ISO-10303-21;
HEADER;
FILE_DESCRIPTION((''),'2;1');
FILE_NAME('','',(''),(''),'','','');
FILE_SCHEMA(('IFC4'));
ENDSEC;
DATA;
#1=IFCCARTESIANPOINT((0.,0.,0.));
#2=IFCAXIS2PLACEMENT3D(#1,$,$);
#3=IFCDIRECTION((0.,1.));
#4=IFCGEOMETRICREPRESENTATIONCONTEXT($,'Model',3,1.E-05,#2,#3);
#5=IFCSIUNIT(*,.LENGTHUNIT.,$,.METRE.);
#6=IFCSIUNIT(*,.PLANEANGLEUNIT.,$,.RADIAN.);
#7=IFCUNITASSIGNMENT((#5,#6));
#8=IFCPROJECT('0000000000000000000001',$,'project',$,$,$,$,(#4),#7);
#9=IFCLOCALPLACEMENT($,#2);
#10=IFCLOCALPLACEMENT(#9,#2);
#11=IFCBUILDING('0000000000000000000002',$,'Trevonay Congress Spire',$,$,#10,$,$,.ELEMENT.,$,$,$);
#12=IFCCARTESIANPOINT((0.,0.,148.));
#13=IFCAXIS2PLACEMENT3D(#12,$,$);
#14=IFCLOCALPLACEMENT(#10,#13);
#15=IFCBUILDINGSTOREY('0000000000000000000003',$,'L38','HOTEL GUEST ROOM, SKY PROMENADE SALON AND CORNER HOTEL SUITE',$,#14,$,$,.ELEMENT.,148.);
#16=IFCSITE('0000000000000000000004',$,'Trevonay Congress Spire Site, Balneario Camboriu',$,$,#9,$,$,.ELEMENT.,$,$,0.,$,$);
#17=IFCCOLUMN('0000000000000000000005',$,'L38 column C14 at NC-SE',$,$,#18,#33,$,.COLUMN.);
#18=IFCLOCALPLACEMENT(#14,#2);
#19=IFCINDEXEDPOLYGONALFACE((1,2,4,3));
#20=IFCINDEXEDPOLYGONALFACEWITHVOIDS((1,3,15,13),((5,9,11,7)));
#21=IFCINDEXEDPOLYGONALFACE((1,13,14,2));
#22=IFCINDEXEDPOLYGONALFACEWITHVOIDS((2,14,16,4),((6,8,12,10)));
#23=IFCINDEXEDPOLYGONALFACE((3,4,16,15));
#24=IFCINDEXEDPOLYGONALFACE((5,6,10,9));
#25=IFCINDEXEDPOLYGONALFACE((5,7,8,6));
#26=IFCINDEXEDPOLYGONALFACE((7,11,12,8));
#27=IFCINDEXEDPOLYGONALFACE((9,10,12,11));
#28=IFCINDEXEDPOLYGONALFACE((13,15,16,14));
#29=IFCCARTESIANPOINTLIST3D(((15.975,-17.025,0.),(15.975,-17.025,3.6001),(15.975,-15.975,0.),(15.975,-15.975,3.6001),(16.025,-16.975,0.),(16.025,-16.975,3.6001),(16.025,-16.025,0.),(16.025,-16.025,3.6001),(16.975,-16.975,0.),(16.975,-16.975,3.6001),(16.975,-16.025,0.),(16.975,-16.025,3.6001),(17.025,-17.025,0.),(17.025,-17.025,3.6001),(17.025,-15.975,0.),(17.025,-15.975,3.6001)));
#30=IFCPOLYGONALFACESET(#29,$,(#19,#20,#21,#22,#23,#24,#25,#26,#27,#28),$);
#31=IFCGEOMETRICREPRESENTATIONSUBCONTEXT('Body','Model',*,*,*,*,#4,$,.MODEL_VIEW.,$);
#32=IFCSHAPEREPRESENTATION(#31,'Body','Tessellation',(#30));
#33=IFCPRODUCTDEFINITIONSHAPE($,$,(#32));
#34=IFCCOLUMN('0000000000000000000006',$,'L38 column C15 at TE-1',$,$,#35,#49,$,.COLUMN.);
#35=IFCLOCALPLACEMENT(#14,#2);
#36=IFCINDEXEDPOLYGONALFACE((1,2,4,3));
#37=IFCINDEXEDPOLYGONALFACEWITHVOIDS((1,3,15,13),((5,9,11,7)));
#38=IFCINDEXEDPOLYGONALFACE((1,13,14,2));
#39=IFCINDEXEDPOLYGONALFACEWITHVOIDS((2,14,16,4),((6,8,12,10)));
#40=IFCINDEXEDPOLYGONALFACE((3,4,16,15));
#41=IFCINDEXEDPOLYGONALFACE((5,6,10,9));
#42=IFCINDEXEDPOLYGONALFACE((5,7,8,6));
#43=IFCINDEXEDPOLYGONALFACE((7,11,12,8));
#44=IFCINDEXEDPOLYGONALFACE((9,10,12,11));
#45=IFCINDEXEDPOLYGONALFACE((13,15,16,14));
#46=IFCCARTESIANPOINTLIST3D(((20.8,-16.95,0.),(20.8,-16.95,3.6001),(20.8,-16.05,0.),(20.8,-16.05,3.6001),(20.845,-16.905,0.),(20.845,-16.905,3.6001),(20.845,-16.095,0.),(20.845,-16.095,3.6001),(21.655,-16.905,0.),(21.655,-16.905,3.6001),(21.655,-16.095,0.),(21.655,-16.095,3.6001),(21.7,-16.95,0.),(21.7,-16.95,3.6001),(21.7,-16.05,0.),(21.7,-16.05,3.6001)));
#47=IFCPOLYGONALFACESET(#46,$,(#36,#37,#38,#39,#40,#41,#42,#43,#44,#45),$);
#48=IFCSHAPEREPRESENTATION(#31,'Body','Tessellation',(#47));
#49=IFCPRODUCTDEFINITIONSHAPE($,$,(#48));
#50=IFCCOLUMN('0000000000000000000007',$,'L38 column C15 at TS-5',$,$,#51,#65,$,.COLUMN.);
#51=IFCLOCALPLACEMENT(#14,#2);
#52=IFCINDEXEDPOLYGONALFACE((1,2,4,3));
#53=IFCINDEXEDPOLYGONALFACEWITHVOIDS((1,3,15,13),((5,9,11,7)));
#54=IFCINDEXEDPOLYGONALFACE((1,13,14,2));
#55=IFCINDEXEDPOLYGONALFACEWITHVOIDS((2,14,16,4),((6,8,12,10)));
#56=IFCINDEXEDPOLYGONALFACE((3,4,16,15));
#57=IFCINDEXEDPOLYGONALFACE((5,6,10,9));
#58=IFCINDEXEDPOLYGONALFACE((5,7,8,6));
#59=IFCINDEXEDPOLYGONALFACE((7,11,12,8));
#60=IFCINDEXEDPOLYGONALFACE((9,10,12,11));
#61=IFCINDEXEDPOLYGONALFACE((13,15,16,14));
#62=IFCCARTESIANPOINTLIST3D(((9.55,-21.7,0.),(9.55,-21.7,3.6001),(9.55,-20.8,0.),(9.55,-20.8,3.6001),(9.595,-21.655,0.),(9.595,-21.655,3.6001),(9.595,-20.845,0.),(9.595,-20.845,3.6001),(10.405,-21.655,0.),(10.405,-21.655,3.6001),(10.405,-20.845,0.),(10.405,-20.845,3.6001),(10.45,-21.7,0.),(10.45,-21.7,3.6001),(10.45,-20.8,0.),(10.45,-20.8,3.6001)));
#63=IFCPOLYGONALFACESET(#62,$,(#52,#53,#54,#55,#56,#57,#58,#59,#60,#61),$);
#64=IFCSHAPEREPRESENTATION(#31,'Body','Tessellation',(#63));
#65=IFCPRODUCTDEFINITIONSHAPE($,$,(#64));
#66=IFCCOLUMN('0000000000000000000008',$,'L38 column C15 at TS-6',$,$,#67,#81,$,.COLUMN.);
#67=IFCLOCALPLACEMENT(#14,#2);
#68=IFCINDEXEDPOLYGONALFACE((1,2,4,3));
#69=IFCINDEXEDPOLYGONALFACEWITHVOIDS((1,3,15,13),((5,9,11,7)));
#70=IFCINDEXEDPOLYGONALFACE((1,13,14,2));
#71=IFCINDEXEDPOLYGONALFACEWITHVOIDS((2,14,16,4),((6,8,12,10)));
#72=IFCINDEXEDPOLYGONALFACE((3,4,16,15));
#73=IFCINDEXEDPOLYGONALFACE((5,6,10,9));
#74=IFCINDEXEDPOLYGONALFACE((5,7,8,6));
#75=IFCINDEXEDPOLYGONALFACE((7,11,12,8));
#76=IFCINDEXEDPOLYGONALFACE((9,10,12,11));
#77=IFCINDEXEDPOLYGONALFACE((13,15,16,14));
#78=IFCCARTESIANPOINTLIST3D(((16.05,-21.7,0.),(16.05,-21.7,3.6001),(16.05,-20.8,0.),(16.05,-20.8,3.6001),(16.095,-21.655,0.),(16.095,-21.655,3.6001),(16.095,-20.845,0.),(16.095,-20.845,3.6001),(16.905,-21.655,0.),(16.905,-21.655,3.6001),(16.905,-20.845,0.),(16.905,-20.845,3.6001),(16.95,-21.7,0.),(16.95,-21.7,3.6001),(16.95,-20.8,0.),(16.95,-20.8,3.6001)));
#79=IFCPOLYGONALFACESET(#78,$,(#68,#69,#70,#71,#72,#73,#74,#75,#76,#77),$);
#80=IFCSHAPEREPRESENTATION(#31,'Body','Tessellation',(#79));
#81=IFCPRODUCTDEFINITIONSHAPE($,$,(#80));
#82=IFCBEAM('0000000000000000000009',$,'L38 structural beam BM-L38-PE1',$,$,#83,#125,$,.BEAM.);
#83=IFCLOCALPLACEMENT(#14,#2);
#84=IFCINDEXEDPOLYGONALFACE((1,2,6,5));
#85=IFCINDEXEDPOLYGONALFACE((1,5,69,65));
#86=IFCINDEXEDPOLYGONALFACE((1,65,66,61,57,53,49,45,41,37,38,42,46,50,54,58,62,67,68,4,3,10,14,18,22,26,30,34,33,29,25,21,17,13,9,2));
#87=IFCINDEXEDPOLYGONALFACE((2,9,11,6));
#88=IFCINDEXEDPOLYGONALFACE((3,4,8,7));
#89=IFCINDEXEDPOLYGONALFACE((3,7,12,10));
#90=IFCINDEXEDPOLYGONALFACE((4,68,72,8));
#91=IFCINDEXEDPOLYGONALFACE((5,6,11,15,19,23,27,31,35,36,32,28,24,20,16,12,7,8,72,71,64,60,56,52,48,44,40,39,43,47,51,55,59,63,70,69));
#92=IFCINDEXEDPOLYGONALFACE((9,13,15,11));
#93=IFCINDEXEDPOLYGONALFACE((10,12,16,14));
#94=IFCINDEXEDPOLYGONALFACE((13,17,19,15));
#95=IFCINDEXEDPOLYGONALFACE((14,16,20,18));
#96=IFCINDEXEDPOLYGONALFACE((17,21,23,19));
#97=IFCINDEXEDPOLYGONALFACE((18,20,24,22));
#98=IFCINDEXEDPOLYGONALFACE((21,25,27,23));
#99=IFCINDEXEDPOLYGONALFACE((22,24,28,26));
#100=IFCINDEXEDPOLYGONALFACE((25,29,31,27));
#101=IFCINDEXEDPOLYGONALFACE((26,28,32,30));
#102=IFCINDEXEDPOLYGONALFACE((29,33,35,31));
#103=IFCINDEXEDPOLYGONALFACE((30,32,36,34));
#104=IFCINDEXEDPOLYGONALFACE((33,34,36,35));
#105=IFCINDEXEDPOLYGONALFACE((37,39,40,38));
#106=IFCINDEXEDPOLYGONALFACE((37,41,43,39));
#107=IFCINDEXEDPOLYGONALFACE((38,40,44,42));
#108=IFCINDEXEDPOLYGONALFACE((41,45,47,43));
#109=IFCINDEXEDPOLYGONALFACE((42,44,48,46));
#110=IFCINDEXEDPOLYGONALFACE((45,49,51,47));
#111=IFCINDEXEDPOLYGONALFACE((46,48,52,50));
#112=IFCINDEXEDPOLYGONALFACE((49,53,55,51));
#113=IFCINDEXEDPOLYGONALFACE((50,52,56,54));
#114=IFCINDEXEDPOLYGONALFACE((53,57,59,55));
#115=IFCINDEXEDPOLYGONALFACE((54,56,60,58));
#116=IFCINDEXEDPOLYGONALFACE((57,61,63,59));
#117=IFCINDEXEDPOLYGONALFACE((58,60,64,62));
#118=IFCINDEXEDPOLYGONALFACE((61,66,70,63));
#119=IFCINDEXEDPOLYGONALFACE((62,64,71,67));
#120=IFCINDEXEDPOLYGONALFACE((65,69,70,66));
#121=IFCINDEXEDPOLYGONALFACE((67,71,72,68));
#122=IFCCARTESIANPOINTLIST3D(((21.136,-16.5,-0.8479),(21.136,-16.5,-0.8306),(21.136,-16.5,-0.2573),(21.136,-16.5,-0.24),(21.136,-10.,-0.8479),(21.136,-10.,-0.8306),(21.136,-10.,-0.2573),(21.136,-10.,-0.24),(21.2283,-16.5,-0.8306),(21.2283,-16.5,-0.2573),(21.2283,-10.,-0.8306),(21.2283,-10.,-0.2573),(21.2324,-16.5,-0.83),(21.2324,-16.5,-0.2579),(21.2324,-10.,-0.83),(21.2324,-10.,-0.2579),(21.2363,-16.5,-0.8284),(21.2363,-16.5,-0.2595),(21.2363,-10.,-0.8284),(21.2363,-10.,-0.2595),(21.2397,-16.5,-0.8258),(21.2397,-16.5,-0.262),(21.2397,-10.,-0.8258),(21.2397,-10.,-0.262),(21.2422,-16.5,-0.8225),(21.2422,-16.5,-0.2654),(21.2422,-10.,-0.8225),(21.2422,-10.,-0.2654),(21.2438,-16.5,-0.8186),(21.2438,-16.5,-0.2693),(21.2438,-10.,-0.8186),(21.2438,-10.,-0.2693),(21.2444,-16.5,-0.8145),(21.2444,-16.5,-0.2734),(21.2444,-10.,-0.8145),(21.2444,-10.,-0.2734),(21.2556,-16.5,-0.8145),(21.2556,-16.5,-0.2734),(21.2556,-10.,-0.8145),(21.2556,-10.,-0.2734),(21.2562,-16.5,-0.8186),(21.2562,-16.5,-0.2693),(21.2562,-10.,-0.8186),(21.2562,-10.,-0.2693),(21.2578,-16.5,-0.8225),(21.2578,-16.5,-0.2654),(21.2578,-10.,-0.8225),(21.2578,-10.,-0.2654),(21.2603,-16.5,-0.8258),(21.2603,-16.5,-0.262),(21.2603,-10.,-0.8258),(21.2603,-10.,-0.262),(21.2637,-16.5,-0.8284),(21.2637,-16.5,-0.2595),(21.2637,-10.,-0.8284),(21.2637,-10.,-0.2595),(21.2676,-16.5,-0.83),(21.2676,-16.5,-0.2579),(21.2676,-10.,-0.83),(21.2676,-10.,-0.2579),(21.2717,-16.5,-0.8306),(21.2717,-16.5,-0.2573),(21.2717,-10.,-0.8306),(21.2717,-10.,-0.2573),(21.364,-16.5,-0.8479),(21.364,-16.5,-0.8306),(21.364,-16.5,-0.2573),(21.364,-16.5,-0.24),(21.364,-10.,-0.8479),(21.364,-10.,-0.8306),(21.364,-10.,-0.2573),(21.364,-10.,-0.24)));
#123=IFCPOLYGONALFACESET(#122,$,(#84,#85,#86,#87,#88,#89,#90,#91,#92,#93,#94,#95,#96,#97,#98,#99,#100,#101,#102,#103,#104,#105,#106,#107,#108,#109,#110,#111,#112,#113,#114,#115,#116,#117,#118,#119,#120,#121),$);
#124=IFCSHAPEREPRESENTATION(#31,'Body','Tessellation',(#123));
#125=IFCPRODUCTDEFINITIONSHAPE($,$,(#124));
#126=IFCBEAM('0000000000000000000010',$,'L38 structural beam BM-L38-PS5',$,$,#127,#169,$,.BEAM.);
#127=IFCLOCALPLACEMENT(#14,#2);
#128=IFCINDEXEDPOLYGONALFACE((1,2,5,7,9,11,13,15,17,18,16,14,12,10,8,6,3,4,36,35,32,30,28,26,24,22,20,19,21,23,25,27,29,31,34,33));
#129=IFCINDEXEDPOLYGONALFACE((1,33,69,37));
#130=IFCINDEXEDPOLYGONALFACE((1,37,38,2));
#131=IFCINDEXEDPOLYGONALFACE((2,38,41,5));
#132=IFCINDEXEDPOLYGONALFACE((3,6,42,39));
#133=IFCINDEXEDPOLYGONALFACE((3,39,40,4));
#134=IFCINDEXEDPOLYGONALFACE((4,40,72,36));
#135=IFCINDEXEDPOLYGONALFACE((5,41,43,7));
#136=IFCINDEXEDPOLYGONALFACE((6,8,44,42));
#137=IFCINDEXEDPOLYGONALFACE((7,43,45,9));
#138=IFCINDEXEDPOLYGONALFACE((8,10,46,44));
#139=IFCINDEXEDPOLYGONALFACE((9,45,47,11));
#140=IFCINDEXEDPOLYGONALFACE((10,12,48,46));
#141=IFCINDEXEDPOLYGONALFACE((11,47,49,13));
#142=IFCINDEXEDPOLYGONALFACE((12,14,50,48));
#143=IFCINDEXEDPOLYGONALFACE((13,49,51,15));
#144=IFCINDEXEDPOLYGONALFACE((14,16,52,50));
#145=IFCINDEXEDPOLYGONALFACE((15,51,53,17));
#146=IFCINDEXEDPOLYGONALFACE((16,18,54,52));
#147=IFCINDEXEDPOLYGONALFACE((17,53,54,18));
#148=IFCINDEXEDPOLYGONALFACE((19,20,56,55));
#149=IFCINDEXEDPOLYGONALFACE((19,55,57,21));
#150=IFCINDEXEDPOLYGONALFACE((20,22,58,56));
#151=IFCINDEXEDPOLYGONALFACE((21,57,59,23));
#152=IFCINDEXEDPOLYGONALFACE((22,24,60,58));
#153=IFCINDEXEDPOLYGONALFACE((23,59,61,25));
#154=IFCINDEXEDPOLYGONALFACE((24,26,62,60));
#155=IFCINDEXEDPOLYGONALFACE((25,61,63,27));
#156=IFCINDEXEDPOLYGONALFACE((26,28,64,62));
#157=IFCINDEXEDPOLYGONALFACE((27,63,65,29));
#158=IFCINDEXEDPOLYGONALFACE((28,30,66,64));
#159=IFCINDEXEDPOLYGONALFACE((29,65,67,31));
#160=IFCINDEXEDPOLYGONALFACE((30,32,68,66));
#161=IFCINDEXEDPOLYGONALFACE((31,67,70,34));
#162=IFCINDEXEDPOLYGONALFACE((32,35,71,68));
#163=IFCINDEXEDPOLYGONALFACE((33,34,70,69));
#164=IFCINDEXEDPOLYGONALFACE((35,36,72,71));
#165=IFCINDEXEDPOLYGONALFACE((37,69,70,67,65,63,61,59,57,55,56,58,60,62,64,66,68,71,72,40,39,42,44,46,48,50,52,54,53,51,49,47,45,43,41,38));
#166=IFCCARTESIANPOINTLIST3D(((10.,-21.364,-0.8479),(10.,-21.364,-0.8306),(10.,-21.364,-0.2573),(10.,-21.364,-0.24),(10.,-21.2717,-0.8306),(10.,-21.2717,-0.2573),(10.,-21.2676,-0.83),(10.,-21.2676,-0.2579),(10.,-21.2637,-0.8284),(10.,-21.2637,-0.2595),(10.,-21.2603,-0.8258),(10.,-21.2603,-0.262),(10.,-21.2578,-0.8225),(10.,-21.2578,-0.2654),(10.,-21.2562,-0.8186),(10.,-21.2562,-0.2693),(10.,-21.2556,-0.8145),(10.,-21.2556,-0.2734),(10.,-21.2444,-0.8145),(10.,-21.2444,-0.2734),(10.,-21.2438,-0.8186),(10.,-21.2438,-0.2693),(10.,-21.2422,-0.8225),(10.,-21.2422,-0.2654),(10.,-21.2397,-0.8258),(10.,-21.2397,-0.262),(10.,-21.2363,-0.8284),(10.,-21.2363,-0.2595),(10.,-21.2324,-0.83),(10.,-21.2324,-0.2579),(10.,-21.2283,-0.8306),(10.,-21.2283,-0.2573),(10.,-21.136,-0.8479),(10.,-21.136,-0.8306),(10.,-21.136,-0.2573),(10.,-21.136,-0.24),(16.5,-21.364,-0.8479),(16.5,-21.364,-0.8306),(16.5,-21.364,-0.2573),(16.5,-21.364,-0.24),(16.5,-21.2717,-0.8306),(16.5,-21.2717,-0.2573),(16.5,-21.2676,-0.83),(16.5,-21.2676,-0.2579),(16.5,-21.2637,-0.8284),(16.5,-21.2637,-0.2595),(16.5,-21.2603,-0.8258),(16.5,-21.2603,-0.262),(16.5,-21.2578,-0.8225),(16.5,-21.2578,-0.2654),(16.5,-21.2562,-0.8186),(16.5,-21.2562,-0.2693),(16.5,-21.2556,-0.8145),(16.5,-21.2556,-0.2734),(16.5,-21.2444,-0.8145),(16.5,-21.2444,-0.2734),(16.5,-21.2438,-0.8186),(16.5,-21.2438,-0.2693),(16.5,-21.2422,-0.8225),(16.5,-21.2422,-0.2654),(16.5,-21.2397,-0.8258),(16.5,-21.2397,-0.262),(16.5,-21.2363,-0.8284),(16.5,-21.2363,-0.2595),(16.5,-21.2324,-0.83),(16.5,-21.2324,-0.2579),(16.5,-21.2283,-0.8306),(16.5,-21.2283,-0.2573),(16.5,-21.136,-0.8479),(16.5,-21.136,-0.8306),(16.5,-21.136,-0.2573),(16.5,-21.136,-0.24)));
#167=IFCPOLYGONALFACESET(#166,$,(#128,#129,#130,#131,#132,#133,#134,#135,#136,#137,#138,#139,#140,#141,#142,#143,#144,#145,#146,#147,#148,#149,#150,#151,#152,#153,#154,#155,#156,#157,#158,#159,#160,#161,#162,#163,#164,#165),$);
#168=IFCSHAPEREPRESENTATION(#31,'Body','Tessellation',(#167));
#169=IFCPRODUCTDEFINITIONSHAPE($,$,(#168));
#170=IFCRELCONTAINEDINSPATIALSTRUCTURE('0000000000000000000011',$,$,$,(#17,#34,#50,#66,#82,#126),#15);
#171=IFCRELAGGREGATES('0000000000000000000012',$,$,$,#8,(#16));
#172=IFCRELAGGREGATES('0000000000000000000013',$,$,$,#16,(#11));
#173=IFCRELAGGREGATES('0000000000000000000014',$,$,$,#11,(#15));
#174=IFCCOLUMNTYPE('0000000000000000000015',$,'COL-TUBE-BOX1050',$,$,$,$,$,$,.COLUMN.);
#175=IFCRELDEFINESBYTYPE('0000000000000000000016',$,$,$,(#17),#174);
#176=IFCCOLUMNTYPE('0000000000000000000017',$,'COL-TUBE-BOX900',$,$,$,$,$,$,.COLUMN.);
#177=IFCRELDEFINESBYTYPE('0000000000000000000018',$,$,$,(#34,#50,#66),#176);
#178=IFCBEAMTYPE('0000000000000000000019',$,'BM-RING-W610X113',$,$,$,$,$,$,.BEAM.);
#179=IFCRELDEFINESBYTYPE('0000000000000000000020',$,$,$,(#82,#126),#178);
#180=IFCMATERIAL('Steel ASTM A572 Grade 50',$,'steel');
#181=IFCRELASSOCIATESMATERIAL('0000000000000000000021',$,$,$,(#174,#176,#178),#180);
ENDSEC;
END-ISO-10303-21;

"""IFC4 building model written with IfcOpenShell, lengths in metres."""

from ifc_helpers import new_model, si_unit, direction, frame, origin, origin_2d, place, context, subcontext, project, spatial, hollow_rectangle, i_section, extrude, material, material_profile, profile_set, type_object, element, save


model = new_model("IFC4")

# Units and contexts
model_context = context("Model", 3, precision=1e-05, world=origin(), true_north=direction((0.0, 1.0)))
body_context = subcontext(model_context, "Body", "Model", "MODEL_VIEW")
ifc_project = project(units=[si_unit("LENGTHUNIT", "METRE"), si_unit("PLANEANGLEUNIT", "RADIAN")], contexts=[model_context])

# Site, building, storey
site_placement = place(None, origin())
site = spatial("IfcSite", under=ifc_project, at=site_placement, Name="Trevonay Congress Spire Site, Balneario Camboriu", CompositionType="ELEMENT", RefElevation=0.0)
building_placement = place(site_placement, origin())
building = spatial("IfcBuilding", under=site, at=building_placement, Name="Trevonay Congress Spire", CompositionType="ELEMENT")
storey_placement = place(building_placement, frame((0.0, 0.0, 148.0)))
storey = spatial("IfcBuildingStorey", under=building, at=storey_placement, Name="L38", Description="HOTEL GUEST ROOM, SKY PROMENADE SALON AND CORNER HOTEL SUITE", CompositionType="ELEMENT", Elevation=148.0)

# Columns
ifc_material_1 = material(Name="Steel ASTM A572 Grade 50", Category="steel")
ifc_material_profile_1 = material_profile(ifc_material_1, hollow_rectangle(XDim=1.05, YDim=1.05, WallThickness=0.05, at=origin_2d()), Name="BOX 1050x1050x50")
ifc_profile_set_1 = profile_set([ifc_material_profile_1], Name="Steel ASTM A572 Grade 50")
column_type_1 = type_object("IfcColumnType", Name="COL-TUBE-BOX1050", PredefinedType="COLUMN", material=ifc_profile_set_1)
column_placement = place(storey_placement, frame((16.5, -16.5, 0.0), z_axis=(0.0, 0.0, 1.0), x_axis=(1.0, 0.0, 0.0)))
element("IfcColumn", 1, at=column_placement, inside=storey, type_object=column_type_1, Name="L38 column C14 at NC-SE", PredefinedType="COLUMN", context=body_context, shape_type="SweptSolid", body=[
    extrude(hollow_rectangle(XDim=1.05, YDim=1.05, WallThickness=0.05, at=origin_2d()), origin(), (0.0, 0.0, 1.0), 3.6001),
])
ifc_material_profile_2 = material_profile(ifc_material_1, hollow_rectangle(XDim=0.8999, YDim=0.8999, WallThickness=0.0449, at=origin_2d()), Name="BOX 900x900x45")
ifc_profile_set_2 = profile_set([ifc_material_profile_2], Name="Steel ASTM A572 Grade 50")
column_type_2 = type_object("IfcColumnType", Name="COL-TUBE-BOX900", PredefinedType="COLUMN", material=ifc_profile_set_2)
for number, where, z_axis, x_axis, name in (
    (2, (21.25, -16.5, 0.0), (0.0, 0.0, 1.0), (1.0, 0.0, 0.0), "L38 column C15 at TE-1"),
    (3, (10.0, -21.25, 0.0), (0.0, 0.0, 1.0), (1.0, 0.0, 0.0), "L38 column C15 at TS-5"),
    (4, (16.5, -21.25, 0.0), (0.0, 0.0, 1.0), (1.0, 0.0, 0.0), "L38 column C15 at TS-6"),
):
    element("IfcColumn", number, at=place(storey_placement, frame(where, z_axis=z_axis, x_axis=x_axis)), inside=storey, type_object=column_type_2, Name=name, PredefinedType="COLUMN", context=body_context, shape_type="SweptSolid", body=[
        extrude(hollow_rectangle(XDim=0.8999, YDim=0.8999, WallThickness=0.0449, at=origin_2d()), origin(), (0.0, 0.0, 1.0), 3.6001),
    ])

# Beams
ifc_material_profile_3 = material_profile(ifc_material_1, i_section(OverallWidth=0.228, OverallDepth=0.6079, WebThickness=0.0112, FlangeThickness=0.0173, FilletRadius=0.0161, at=origin_2d()), Name="W610x113")
ifc_profile_set_3 = profile_set([ifc_material_profile_3], Name="Steel ASTM A572 Grade 50")
beam_type_1 = type_object("IfcBeamType", Name="BM-RING-W610X113", PredefinedType="BEAM", material=ifc_profile_set_3)
for number, where, z_axis, x_axis, name in (
    (5, (21.25, -16.5, -0.5439), (0.0, 1.0, 0.0), (-1.0, 0.0, 0.0), "L38 structural beam BM-L38-PE1"),
    (6, (10.0, -21.25, -0.5439), (1.0, 0.0, 0.0), (0.0, 1.0, 0.0), "L38 structural beam BM-L38-PS5"),
):
    element("IfcBeam", number, at=place(storey_placement, frame(where, z_axis=z_axis, x_axis=x_axis)), inside=storey, type_object=beam_type_1, Name=name, PredefinedType="BEAM", context=body_context, shape_type="SweptSolid", body=[
        extrude(i_section(OverallWidth=0.228, OverallDepth=0.6079, WebThickness=0.0112, FlangeThickness=0.0173, FilletRadius=0.0161, at=origin_2d()), origin(), (0.0, 0.0, 1.0), 6.5),
    ])

save(model, "model.ifc")
